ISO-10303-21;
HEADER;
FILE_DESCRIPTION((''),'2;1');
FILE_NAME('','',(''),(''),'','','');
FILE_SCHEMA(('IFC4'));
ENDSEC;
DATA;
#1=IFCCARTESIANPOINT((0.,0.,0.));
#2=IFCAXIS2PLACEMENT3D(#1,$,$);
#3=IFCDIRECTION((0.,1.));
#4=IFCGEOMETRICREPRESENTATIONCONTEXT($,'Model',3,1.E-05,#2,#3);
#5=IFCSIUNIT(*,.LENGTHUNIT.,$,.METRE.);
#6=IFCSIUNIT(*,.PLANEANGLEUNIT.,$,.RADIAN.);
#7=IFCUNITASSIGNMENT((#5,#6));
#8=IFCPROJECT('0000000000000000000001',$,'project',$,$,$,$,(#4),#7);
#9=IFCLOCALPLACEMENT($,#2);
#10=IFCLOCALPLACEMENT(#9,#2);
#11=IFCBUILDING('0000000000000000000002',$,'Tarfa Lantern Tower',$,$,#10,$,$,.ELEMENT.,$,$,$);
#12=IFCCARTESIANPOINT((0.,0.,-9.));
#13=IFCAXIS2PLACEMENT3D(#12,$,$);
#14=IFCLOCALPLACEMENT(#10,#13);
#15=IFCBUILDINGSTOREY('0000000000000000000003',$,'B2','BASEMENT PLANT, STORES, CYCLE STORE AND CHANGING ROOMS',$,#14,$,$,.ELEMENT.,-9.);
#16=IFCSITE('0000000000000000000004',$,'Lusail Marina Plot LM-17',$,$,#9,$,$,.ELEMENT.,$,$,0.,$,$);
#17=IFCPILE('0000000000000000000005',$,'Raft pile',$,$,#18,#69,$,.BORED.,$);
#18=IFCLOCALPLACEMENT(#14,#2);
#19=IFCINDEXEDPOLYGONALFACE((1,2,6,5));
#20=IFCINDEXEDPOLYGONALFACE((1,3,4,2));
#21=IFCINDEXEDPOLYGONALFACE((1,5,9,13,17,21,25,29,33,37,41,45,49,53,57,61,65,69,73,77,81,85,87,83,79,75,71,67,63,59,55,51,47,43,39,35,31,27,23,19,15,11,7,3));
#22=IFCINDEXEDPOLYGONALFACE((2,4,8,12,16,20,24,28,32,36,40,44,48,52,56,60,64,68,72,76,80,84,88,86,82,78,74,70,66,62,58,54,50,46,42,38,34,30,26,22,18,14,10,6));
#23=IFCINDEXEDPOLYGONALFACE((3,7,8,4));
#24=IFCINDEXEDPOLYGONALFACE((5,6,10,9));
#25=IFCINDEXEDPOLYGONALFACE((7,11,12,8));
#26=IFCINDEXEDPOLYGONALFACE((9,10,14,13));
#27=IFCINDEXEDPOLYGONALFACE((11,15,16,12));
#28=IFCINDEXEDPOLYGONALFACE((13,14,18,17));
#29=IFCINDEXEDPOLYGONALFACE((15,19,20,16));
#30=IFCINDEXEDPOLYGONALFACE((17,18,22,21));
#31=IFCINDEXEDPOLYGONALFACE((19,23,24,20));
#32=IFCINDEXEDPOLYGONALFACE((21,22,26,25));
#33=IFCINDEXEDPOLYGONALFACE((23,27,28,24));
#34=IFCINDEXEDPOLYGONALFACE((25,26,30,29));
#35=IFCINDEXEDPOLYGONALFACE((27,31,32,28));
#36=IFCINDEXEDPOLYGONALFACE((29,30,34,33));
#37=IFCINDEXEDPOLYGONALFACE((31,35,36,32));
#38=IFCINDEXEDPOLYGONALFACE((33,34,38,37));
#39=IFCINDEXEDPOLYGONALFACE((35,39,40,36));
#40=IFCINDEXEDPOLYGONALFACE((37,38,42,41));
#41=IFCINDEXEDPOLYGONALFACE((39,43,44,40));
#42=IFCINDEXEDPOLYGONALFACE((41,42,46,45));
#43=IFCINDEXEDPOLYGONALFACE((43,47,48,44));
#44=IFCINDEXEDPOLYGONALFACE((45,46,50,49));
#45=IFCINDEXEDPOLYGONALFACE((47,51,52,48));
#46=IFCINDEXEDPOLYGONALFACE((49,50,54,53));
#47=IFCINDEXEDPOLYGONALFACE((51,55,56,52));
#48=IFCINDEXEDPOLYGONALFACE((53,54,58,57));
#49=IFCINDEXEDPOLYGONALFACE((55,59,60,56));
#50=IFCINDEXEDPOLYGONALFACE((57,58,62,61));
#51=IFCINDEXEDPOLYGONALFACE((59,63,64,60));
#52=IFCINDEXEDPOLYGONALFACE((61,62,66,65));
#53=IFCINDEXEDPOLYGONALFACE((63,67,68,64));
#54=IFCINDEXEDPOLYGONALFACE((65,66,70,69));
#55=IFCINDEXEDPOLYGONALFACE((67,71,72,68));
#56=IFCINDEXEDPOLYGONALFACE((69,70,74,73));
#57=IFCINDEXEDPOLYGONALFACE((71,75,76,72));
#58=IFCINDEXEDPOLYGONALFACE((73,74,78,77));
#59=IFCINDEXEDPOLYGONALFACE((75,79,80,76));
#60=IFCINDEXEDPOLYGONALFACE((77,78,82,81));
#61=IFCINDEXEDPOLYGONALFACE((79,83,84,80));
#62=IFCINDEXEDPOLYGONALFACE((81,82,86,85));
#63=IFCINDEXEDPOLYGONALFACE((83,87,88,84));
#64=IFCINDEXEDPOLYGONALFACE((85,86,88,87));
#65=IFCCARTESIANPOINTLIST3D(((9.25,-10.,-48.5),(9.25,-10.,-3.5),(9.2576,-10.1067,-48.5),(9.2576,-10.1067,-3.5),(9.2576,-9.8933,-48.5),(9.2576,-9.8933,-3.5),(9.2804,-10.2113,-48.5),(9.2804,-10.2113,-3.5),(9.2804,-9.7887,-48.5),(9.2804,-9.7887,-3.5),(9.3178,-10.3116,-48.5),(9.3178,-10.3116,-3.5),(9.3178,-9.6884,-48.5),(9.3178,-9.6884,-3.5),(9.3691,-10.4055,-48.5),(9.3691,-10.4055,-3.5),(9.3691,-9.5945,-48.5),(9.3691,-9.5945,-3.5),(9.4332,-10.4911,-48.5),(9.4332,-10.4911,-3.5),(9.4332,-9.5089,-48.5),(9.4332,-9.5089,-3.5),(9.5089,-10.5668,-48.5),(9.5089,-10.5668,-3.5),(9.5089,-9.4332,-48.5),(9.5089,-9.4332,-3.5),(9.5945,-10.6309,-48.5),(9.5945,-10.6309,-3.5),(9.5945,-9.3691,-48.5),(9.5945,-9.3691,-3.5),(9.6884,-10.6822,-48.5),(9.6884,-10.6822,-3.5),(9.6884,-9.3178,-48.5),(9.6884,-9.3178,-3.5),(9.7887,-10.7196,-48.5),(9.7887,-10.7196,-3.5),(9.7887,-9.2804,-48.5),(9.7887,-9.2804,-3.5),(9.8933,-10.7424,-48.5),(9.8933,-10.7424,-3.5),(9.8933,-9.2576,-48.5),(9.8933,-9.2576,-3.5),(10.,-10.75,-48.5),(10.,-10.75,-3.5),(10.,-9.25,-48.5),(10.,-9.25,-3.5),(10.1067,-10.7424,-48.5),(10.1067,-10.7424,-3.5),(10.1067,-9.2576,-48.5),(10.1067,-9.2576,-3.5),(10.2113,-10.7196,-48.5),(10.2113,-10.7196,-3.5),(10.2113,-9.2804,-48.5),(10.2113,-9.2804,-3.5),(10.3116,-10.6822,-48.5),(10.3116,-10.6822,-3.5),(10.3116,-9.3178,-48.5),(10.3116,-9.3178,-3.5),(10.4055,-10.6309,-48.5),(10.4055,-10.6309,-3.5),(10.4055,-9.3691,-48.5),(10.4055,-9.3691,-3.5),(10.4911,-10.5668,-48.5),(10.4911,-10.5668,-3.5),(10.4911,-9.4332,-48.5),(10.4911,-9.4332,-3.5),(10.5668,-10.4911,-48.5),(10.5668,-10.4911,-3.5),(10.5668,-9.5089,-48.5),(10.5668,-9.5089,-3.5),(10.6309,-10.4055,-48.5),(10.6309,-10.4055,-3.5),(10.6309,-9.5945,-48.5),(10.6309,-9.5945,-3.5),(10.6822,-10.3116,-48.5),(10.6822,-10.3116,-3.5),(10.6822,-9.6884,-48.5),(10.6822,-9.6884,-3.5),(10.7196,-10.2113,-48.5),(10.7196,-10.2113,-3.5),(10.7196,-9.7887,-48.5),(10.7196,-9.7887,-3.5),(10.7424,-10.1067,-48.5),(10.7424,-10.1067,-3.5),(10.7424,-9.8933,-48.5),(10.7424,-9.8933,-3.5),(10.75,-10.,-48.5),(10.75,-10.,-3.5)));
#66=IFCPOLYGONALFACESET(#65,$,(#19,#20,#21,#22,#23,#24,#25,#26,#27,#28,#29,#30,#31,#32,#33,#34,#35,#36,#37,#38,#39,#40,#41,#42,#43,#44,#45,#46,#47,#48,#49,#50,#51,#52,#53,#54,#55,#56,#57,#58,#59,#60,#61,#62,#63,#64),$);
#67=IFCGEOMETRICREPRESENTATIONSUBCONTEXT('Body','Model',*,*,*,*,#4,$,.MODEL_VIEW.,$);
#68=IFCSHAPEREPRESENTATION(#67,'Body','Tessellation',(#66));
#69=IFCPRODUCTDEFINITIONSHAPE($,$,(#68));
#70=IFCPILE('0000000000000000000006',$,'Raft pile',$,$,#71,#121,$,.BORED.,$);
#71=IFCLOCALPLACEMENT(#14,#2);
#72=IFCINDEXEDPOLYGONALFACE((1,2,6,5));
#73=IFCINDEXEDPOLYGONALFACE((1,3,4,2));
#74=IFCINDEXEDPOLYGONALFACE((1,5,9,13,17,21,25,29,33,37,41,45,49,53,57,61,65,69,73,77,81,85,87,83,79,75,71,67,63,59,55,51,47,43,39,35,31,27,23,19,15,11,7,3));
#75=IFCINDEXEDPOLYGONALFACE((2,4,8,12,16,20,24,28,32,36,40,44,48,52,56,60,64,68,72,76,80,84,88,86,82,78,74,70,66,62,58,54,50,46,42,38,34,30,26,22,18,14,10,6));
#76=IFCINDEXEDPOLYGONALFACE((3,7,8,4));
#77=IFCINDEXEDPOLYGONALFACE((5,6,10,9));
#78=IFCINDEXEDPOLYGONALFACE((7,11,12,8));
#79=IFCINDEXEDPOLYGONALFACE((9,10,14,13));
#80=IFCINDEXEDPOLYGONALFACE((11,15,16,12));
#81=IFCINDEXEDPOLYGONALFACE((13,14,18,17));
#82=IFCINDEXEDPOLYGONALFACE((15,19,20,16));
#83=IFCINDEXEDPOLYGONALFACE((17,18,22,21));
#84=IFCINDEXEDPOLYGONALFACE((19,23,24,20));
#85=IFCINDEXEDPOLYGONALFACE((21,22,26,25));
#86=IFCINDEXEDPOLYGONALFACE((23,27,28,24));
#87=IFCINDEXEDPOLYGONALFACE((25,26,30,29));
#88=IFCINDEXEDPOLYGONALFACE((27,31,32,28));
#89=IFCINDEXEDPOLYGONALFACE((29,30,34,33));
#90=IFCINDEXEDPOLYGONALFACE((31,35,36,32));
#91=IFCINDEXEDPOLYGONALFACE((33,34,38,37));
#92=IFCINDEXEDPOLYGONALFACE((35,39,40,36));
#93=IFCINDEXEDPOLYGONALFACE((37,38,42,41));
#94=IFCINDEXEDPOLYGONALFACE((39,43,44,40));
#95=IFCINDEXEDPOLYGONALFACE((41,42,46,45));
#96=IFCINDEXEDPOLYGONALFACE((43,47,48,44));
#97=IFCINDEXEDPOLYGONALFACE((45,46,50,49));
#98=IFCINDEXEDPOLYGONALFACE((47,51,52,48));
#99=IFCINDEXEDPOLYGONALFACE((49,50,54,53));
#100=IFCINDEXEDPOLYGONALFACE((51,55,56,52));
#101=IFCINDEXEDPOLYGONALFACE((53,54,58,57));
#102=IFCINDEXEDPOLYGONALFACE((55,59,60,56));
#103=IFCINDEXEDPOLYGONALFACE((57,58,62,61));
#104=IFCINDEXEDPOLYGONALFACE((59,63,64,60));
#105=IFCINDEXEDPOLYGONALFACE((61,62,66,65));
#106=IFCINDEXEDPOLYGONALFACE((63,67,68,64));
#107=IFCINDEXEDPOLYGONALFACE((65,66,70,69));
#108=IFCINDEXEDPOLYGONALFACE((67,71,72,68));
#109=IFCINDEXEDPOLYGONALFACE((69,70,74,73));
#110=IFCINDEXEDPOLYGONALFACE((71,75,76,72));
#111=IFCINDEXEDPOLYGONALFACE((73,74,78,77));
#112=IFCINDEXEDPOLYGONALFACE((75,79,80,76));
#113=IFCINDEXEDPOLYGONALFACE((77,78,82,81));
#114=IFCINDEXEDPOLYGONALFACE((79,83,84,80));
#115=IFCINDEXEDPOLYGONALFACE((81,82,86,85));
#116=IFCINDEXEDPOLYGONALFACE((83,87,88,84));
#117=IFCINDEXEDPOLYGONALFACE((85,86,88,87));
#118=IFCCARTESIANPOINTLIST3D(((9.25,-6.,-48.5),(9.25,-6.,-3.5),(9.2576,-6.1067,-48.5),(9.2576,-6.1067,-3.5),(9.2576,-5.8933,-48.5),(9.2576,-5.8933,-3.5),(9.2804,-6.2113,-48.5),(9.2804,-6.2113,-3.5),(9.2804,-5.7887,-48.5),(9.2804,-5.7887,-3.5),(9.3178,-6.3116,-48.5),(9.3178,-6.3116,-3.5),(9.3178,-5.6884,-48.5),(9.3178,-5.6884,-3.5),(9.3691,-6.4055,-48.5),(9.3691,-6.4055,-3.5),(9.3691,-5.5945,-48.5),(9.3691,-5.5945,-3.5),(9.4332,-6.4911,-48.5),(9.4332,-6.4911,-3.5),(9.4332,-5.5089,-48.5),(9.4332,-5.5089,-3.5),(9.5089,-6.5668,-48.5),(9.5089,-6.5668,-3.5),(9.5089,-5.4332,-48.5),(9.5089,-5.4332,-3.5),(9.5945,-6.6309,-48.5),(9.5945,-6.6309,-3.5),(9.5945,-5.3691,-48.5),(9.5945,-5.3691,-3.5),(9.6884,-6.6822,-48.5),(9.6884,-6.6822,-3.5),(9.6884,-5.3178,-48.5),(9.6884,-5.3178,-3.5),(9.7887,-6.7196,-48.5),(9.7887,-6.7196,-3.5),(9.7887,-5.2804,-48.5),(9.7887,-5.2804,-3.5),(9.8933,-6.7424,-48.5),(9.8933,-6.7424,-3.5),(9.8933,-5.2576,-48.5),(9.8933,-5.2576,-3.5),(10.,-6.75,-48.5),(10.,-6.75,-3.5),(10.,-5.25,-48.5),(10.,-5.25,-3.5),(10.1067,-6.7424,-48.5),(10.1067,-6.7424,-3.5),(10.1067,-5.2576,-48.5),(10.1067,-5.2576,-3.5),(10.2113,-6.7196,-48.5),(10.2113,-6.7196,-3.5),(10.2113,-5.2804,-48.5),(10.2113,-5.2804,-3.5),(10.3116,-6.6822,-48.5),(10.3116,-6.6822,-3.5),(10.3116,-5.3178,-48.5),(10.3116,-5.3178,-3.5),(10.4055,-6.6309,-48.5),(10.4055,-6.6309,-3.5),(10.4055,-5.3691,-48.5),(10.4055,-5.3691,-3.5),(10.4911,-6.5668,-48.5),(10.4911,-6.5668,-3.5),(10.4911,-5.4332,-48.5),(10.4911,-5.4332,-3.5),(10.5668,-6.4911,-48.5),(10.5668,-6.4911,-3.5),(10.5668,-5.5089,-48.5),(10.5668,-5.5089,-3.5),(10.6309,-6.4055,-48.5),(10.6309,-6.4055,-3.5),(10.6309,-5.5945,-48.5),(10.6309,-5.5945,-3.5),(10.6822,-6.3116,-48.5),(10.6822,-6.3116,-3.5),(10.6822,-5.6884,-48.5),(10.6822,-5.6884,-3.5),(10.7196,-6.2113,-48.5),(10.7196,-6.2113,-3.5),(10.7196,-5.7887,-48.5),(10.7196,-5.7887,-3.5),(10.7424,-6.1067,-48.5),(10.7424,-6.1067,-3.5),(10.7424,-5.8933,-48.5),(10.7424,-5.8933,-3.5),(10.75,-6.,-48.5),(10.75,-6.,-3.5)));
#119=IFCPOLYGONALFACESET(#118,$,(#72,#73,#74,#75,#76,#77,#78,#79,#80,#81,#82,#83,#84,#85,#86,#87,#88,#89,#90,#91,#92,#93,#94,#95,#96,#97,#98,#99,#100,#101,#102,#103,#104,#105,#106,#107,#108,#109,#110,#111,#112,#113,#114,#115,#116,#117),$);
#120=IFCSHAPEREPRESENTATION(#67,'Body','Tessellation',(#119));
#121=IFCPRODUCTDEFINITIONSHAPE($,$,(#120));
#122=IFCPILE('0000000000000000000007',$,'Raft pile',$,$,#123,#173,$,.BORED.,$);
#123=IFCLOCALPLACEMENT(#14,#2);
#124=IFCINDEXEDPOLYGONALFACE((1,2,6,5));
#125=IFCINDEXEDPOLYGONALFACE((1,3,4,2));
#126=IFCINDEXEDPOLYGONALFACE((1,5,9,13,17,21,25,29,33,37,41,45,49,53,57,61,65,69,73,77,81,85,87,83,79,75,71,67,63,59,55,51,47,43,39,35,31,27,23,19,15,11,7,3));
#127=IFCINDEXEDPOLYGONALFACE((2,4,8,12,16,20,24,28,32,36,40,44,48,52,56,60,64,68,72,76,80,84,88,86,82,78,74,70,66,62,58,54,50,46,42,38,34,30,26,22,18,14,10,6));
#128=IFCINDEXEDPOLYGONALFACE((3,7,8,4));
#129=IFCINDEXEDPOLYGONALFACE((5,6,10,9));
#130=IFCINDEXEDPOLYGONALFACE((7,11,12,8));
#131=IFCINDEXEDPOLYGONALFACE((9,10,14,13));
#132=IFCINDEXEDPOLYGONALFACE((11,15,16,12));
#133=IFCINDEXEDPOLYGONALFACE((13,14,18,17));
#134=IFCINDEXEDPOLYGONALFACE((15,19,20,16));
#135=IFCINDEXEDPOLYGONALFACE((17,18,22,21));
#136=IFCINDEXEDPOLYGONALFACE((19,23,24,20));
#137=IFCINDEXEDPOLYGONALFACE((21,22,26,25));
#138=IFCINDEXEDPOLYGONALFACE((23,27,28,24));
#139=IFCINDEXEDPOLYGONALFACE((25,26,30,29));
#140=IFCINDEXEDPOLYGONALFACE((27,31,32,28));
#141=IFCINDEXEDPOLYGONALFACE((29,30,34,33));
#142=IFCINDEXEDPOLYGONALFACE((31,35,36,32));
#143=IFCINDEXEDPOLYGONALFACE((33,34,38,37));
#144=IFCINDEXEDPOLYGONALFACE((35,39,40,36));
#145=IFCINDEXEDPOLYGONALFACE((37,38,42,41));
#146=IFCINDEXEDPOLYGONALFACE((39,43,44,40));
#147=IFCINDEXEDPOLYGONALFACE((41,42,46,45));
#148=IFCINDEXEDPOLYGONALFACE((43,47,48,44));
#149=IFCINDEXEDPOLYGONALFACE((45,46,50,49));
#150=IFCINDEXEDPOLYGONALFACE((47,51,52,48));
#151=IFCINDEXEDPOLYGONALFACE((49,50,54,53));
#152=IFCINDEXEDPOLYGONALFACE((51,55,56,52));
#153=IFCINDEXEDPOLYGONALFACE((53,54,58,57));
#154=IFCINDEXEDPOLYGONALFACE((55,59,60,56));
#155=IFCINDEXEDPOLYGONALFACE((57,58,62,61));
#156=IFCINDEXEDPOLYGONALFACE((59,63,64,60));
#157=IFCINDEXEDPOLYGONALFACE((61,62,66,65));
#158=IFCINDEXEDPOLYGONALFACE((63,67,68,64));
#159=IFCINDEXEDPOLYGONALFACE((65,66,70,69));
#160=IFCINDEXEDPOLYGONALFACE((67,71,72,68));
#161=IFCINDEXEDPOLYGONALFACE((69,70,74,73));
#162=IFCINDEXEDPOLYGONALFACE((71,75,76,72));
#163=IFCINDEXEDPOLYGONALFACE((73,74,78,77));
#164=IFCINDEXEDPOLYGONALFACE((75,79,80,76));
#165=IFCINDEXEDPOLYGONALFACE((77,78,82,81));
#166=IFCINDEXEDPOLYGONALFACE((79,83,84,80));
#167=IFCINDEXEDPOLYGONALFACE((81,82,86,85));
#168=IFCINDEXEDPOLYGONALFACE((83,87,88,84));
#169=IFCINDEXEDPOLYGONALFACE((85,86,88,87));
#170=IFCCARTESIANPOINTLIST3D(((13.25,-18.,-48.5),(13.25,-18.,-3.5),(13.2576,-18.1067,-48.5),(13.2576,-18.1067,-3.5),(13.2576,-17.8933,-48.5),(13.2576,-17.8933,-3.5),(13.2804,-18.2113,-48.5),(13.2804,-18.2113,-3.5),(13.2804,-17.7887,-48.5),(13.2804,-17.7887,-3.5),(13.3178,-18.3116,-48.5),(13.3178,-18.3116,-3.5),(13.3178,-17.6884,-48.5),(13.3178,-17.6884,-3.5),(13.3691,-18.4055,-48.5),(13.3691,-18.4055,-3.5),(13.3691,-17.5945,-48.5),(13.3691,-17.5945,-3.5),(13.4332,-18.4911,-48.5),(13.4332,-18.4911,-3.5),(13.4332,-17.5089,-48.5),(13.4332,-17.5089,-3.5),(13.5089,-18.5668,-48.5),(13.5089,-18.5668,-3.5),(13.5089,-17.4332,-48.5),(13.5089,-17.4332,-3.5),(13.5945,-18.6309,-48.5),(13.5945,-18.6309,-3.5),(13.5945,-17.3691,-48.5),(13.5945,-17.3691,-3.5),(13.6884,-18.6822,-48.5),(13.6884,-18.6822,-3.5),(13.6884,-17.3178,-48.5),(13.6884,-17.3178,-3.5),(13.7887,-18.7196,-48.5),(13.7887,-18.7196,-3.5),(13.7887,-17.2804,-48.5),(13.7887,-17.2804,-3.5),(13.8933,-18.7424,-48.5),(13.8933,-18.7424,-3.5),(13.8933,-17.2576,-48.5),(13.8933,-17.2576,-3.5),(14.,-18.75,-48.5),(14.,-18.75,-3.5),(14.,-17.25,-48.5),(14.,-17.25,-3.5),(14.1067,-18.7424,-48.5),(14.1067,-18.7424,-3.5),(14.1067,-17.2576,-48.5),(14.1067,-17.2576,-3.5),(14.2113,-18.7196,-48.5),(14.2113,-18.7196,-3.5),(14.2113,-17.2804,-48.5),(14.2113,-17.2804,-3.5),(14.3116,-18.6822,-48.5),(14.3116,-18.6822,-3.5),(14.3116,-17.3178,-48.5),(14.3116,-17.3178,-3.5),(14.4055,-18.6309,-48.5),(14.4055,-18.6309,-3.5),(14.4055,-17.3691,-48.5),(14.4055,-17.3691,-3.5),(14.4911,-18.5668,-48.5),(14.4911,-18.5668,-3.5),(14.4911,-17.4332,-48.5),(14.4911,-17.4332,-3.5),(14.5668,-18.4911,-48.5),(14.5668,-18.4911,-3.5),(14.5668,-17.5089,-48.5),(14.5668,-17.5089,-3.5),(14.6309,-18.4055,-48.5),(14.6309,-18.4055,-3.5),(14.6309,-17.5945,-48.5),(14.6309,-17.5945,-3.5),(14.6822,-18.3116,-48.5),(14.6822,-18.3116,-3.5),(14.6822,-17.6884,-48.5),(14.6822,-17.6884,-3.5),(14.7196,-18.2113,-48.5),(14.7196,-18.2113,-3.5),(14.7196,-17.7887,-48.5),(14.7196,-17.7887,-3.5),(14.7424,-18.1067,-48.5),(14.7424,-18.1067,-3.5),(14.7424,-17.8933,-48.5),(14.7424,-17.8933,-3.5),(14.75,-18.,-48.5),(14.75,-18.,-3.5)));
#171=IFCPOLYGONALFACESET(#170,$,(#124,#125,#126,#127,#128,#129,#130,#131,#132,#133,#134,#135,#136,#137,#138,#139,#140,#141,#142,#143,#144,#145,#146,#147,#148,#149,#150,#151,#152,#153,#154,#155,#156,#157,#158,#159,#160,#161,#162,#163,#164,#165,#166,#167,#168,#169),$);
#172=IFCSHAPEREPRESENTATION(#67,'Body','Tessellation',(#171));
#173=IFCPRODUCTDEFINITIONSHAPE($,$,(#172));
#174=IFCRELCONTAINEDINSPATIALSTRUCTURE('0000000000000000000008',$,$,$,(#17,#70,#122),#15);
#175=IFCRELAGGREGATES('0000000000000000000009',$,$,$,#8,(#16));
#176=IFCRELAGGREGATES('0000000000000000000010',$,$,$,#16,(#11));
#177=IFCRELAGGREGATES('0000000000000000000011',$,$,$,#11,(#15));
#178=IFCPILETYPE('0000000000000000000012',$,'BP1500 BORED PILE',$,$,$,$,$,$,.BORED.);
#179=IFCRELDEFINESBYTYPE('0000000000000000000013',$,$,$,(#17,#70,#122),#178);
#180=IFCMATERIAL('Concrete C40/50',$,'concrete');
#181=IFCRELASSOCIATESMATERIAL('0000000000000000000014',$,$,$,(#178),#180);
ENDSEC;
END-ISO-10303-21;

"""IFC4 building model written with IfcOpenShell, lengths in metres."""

from ifc_helpers import new_model, si_unit, direction, frame, origin, origin_2d, place, context, subcontext, project, spatial, circle, extrude, material, material_profile, profile_set, type_object, element, save


model = new_model("IFC4")

# Units and contexts
model_context = context("Model", 3, precision=1e-05, world=origin(), true_north=direction((0.0, 1.0)))
body_context = subcontext(model_context, "Body", "Model", "MODEL_VIEW")
ifc_project = project(units=[si_unit("LENGTHUNIT", "METRE"), si_unit("PLANEANGLEUNIT", "RADIAN")], contexts=[model_context])

# Site, building, storey
site_placement = place(None, origin())
site = spatial("IfcSite", under=ifc_project, at=site_placement, Name="Lusail Marina Plot LM-17", CompositionType="ELEMENT", RefElevation=0.0)
building_placement = place(site_placement, origin())
building = spatial("IfcBuilding", under=site, at=building_placement, Name="Tarfa Lantern Tower", CompositionType="ELEMENT")
storey_placement = place(building_placement, frame((0.0, 0.0, -9.0)))
storey = spatial("IfcBuildingStorey", under=building, at=storey_placement, Name="B2", Description="BASEMENT PLANT, STORES, CYCLE STORE AND CHANGING ROOMS", CompositionType="ELEMENT", Elevation=-9.0)

# Piles
ifc_material_1 = material(Name="Concrete C40/50", Category="concrete")
ifc_material_profile = material_profile(ifc_material_1, circle(Radius=0.75, at=origin_2d()), Name="BORED PILE D1500")
ifc_profile_set = profile_set([ifc_material_profile], Name="Concrete C40/50")
pile_type = type_object("IfcPileType", Name="BP1500 BORED PILE", PredefinedType="BORED", material=ifc_profile_set)
for number, where, z_axis, x_axis, name in (
    (1, (10.0, -10.0, -3.5), (0.0, 0.0, -1.0), (1.0, 0.0, 0.0), "Raft pile"),
    (2, (10.0, -6.0, -3.5), (0.0, 0.0, -1.0), (1.0, 0.0, 0.0), "Raft pile"),
    (3, (14.0, -18.0, -3.5), (0.0, 0.0, -1.0), (1.0, 0.0, 0.0), "Raft pile"),
):
    element("IfcPile", number, at=place(storey_placement, frame(where, z_axis=z_axis, x_axis=x_axis)), inside=storey, type_object=pile_type, Name=name, PredefinedType="BORED", context=body_context, shape_type="SweptSolid", body=[
        extrude(circle(Radius=0.75, at=origin_2d()), origin(), (0.0, 0.0, 1.0), 45.0),
    ])

save(model, "model.ifc")
